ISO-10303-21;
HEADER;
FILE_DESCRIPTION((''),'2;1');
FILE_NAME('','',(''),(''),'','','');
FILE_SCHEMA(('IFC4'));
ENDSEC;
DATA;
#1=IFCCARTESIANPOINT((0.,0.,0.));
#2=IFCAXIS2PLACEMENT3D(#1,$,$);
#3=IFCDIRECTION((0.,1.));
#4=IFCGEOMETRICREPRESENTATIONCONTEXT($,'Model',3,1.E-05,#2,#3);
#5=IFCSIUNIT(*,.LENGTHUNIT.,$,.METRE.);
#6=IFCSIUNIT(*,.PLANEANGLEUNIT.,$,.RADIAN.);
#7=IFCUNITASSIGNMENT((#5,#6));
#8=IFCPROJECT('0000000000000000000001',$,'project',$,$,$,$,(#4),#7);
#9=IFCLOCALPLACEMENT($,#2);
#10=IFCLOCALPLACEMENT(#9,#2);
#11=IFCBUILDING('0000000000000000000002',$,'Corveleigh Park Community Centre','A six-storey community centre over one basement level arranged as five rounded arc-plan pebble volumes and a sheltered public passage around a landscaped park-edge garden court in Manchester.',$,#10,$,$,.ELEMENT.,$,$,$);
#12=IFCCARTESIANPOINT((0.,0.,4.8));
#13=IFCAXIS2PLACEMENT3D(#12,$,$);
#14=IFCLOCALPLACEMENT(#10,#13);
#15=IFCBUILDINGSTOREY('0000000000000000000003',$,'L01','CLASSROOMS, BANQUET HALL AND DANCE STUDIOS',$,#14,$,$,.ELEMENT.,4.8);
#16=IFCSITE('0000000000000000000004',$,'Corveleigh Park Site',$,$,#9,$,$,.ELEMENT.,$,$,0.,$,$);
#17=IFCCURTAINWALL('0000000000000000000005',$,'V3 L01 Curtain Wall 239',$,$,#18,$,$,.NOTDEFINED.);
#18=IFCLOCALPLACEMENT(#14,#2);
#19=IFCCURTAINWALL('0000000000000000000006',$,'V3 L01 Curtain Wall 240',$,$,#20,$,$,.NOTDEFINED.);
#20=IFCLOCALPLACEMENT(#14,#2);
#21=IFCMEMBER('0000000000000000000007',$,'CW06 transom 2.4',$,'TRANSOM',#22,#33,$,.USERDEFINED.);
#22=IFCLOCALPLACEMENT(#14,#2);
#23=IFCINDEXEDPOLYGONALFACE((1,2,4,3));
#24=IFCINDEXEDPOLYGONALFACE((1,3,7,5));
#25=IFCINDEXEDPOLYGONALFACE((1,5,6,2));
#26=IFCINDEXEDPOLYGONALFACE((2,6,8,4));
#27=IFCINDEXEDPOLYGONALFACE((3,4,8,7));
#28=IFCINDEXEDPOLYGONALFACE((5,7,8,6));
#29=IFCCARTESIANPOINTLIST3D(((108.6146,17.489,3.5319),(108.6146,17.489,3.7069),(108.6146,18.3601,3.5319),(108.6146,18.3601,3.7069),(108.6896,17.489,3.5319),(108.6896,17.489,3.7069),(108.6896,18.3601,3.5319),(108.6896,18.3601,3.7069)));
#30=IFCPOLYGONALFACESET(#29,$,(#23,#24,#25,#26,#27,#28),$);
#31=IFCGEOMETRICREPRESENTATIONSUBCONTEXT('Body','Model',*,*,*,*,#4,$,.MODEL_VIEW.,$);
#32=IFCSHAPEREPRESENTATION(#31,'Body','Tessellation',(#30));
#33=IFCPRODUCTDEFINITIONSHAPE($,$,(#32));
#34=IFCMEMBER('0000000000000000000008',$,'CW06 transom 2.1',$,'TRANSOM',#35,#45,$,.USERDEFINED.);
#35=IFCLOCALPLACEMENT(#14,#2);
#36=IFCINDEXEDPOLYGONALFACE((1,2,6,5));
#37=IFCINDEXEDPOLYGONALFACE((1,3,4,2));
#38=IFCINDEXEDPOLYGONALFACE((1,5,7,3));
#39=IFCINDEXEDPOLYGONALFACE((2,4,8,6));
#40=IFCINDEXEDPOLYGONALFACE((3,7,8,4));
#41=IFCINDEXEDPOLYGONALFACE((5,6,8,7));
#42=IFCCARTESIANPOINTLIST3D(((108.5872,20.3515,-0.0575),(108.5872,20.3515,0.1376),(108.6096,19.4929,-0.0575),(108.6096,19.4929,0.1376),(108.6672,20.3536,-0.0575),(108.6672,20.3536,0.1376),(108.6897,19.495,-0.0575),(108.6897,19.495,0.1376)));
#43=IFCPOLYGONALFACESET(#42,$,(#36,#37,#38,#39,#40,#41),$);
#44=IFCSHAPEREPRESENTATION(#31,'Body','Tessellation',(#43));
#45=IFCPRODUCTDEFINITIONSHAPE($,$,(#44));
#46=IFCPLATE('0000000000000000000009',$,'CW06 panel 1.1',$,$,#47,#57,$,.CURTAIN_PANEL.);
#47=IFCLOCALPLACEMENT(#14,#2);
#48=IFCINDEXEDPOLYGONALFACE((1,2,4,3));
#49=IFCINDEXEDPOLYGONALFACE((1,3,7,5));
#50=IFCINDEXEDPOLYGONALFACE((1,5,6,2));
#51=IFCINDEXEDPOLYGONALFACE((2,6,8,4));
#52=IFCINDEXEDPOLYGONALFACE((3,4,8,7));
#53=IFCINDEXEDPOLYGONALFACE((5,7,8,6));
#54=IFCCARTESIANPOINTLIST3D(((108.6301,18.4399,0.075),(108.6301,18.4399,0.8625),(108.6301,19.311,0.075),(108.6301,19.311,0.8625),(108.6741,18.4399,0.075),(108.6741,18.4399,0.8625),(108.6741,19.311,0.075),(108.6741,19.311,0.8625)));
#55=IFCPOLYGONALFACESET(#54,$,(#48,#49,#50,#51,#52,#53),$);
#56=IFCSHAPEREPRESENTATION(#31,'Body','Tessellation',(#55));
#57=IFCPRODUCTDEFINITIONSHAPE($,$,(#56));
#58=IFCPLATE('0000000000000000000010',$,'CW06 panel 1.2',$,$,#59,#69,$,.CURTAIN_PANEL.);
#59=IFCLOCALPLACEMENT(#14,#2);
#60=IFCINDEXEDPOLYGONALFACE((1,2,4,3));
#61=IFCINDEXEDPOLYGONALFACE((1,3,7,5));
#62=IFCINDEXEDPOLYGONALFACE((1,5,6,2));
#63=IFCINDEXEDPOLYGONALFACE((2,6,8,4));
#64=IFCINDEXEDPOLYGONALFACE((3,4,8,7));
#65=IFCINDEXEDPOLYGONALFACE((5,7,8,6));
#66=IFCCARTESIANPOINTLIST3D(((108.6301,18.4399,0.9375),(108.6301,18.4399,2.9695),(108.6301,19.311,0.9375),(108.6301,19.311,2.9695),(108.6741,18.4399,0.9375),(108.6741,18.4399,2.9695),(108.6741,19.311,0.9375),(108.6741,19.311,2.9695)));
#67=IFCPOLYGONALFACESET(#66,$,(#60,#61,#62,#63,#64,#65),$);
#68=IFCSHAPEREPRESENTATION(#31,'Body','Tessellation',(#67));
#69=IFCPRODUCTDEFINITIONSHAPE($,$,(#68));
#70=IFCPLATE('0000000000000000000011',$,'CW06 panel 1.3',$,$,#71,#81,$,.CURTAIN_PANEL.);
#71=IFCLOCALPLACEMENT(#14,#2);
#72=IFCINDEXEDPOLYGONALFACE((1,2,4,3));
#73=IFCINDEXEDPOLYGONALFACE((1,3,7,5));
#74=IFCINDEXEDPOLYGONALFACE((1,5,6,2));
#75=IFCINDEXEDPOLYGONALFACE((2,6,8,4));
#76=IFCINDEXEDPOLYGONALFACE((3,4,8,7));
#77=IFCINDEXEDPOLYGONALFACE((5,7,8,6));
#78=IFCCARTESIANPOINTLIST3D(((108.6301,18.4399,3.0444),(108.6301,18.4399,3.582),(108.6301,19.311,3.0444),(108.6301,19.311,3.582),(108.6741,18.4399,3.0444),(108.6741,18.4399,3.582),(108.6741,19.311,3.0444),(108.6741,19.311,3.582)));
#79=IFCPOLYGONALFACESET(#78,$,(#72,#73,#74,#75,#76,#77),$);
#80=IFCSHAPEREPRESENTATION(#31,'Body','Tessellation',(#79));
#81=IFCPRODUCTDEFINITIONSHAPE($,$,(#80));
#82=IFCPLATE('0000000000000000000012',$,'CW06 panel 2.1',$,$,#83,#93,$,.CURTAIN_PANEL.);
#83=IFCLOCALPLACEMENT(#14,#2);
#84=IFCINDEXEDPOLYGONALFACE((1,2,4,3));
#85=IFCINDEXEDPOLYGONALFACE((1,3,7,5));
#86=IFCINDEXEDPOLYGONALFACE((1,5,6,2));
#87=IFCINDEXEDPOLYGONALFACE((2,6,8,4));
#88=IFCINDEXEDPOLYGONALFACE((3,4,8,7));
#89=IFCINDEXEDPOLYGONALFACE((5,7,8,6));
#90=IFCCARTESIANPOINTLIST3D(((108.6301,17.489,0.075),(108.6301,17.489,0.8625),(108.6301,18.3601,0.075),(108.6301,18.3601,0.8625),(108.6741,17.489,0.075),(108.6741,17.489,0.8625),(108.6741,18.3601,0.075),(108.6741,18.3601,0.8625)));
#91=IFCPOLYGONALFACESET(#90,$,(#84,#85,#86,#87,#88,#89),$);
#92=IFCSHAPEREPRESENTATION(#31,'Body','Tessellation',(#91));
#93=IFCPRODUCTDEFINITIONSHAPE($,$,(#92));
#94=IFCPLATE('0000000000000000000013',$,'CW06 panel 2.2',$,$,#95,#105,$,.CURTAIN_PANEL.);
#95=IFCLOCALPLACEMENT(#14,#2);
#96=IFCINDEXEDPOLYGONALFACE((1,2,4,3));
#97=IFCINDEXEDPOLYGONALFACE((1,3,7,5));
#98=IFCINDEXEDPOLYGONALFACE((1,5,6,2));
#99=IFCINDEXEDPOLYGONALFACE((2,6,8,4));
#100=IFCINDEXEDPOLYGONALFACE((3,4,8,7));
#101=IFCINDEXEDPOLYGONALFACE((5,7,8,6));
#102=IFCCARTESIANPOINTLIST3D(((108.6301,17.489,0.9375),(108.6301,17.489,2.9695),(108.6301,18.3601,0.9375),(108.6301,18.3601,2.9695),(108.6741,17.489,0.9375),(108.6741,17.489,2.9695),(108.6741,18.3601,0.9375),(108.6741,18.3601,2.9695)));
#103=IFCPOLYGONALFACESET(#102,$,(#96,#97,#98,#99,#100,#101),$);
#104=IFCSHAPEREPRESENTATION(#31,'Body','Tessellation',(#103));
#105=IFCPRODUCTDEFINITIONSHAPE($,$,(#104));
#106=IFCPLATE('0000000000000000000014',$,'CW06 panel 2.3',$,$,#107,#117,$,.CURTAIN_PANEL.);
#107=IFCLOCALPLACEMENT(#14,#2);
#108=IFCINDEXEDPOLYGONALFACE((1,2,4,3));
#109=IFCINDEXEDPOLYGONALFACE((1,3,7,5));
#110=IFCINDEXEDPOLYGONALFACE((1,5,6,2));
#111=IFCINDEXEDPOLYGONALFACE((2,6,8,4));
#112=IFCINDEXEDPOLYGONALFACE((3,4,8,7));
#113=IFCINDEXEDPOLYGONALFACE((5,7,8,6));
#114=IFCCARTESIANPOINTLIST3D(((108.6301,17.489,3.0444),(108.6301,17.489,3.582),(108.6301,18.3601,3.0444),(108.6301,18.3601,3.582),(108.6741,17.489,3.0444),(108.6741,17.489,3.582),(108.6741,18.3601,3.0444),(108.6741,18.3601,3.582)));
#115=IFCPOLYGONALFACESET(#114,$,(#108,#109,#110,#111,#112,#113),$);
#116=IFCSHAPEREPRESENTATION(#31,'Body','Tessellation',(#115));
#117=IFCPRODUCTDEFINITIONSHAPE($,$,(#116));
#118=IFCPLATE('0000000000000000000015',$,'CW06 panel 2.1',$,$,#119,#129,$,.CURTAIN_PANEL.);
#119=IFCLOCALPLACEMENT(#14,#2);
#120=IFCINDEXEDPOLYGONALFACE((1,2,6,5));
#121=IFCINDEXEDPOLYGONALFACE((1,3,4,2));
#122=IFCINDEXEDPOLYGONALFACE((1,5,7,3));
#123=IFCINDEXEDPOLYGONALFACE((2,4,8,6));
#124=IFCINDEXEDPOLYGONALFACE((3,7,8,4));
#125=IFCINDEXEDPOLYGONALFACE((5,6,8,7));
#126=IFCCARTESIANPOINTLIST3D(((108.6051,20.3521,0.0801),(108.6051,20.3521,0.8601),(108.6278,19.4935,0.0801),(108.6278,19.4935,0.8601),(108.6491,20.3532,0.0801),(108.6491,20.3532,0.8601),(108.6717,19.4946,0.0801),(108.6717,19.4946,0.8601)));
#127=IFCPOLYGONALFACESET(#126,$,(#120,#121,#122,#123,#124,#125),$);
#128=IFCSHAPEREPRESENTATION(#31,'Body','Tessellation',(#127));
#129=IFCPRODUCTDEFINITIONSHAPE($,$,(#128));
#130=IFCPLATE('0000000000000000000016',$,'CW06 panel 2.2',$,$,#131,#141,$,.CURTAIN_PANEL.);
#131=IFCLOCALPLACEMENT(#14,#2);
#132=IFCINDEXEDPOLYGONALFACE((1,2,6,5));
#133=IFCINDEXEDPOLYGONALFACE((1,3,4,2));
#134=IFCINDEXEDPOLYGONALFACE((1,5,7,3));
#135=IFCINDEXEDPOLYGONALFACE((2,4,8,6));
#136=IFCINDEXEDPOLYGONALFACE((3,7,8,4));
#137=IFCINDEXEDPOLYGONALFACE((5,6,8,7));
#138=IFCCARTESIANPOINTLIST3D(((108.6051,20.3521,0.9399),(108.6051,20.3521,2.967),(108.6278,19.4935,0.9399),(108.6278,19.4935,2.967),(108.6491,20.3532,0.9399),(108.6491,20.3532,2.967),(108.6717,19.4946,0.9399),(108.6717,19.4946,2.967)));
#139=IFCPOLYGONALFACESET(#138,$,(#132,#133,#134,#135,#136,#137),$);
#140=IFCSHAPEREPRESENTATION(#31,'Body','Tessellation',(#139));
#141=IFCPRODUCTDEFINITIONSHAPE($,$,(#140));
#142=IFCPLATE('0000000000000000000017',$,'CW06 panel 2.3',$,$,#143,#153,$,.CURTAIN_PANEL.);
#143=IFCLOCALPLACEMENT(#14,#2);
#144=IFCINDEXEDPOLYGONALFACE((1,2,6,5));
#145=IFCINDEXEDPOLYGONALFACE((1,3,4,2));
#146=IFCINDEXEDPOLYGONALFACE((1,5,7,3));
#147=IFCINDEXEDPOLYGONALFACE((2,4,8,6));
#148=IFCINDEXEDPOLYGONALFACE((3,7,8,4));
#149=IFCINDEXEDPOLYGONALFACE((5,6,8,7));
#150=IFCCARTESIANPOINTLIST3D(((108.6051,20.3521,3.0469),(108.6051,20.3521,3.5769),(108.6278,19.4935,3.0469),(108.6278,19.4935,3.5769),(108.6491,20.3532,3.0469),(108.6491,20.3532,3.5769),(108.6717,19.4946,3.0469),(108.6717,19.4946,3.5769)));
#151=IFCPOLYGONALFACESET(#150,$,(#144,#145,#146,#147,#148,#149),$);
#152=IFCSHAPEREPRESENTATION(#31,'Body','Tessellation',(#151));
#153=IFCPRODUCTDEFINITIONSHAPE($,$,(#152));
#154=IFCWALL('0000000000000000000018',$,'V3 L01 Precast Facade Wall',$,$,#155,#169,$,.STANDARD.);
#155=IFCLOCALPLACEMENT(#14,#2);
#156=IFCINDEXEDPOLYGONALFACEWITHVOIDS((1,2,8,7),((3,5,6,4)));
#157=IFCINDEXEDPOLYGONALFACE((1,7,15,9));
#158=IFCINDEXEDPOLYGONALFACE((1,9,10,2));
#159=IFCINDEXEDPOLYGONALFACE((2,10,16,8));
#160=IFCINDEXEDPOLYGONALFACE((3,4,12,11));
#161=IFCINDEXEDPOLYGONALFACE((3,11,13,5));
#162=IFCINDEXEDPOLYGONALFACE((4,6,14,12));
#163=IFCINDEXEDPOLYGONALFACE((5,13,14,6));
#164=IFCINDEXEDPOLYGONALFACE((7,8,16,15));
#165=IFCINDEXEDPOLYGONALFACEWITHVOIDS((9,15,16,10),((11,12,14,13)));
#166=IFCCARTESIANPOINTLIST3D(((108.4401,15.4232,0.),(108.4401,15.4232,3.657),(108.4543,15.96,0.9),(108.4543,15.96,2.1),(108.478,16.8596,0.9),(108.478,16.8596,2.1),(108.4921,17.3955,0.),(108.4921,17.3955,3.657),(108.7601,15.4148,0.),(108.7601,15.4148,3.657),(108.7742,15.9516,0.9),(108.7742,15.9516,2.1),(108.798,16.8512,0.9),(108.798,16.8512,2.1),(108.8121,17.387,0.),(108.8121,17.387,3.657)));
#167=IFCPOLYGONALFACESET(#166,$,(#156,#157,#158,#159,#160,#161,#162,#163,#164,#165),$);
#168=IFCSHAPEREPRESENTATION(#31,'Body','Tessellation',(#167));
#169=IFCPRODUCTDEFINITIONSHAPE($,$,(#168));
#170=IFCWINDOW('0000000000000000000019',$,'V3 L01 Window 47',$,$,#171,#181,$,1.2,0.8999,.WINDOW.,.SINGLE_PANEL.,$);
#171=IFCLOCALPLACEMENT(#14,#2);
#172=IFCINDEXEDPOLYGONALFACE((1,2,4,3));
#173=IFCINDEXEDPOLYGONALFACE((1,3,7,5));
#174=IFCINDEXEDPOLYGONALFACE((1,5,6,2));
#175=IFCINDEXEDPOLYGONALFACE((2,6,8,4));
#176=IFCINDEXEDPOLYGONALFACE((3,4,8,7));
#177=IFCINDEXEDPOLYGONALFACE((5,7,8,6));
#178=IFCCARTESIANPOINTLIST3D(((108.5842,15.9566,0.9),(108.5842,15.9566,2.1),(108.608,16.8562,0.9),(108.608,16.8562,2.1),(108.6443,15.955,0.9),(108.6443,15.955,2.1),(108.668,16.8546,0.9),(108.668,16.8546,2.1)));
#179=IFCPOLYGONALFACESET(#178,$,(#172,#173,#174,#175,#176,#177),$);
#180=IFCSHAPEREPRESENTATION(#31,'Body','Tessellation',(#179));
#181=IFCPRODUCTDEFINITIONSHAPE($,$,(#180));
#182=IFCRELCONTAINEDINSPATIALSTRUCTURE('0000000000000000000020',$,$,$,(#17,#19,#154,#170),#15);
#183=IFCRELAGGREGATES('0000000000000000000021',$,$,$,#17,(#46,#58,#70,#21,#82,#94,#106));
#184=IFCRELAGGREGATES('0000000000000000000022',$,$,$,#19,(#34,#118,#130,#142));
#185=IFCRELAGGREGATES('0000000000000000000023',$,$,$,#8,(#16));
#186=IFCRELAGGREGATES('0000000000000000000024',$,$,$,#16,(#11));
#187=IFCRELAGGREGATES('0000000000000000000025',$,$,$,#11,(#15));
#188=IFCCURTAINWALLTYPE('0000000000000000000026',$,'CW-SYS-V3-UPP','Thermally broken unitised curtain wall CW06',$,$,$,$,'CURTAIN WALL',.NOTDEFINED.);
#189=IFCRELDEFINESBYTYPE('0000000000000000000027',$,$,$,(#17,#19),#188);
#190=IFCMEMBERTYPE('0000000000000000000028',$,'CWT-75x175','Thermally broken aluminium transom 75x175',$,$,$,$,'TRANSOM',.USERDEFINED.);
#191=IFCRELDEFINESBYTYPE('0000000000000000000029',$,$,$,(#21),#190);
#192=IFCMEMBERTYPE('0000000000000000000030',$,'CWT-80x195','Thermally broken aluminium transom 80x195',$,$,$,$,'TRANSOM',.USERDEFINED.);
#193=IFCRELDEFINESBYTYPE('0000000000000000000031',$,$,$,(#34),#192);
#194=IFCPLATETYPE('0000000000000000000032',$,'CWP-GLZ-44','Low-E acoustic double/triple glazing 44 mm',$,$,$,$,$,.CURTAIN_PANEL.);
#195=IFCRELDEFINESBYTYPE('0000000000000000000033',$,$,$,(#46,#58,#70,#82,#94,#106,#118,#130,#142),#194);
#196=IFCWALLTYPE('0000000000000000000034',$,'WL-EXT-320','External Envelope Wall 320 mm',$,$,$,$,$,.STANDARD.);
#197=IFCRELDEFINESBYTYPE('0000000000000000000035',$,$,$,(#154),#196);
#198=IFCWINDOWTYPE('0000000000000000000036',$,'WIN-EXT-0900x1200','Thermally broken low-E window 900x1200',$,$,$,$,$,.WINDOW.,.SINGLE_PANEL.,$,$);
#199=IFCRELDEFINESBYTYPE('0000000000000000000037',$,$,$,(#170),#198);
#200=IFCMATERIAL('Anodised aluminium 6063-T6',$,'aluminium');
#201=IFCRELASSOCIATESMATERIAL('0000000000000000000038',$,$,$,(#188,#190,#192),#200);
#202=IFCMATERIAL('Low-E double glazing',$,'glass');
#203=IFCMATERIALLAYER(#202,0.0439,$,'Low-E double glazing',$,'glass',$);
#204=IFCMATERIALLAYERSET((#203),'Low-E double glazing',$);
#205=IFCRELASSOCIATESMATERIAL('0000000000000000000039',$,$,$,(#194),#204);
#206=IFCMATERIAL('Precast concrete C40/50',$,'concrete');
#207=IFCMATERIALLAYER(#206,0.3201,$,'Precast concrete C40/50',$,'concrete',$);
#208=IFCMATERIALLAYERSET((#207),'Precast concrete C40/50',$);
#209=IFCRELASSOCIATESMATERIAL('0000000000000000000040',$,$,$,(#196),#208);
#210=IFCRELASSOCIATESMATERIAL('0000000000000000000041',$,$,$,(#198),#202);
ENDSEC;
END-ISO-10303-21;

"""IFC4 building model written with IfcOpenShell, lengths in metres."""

from ifc_helpers import new_model, si_unit, direction, frame, frame_2d, origin, origin_2d, place, context, subcontext, project, spatial, rectangle, extrude, material, layer, layer_set, material_profile, profile_set, type_object, element, fill, aggregate, save


model = new_model("IFC4")

# Units and contexts
model_context = context("Model", 3, precision=1e-05, world=origin(), true_north=direction((0.0, 1.0)))
body_context = subcontext(model_context, "Body", "Model", "MODEL_VIEW")
ifc_project = project(units=[si_unit("LENGTHUNIT", "METRE"), si_unit("PLANEANGLEUNIT", "RADIAN")], contexts=[model_context])

# Site, building, storey
site_placement = place(None, origin())
site = spatial("IfcSite", under=ifc_project, at=site_placement, Name="Corveleigh Park Site", CompositionType="ELEMENT", RefElevation=0.0)
building_placement = place(site_placement, origin())
building = spatial("IfcBuilding", under=site, at=building_placement, Name="Corveleigh Park Community Centre", Description="A six-storey community centre over one basement level arranged as five rounded arc-plan pebble volumes and a sheltered public passage around a landscaped park-edge garden court in Manchester.", CompositionType="ELEMENT")
storey_placement = place(building_placement, frame((0.0, 0.0, 4.8)))
storey = spatial("IfcBuildingStorey", under=building, at=storey_placement, Name="L01", Description="CLASSROOMS, BANQUET HALL AND DANCE STUDIOS", CompositionType="ELEMENT", Elevation=4.8)

# Shared definitions
ifc_material_1 = material(Name="Anodised aluminium 6063-T6", Category="aluminium")
curtain_wall_type = type_object("IfcCurtainWallType", Name="CW-SYS-V3-UPP", Description="Thermally broken unitised curtain wall CW06", ElementType="CURTAIN WALL", PredefinedType="NOTDEFINED", material=ifc_material_1)

# Curtain wall
curtain_wall_1_placement = place(storey_placement, origin())
curtain_wall_1 = element("IfcCurtainWall", 1, at=curtain_wall_1_placement, inside=storey, type_object=curtain_wall_type, Name="V3 L01 Curtain Wall 239", PredefinedType="NOTDEFINED")

# Curtain wall
curtain_wall_2_placement = place(storey_placement, origin())
curtain_wall_2 = element("IfcCurtainWall", 2, at=curtain_wall_2_placement, inside=storey, type_object=curtain_wall_type, Name="V3 L01 Curtain Wall 240", PredefinedType="NOTDEFINED")

# Members
ifc_material_profile_1 = material_profile(ifc_material_1, rectangle(XDim=0.075, YDim=0.175, at=origin_2d()), Name="ALU-T75x175", Category="aluminium")
ifc_profile_set_1 = profile_set([ifc_material_profile_1], Name="Anodised aluminium 6063-T6")
member_type_1 = type_object("IfcMemberType", Name="CWT-75x175", Description="Thermally broken aluminium transom 75x175", ElementType="TRANSOM", PredefinedType="USERDEFINED", material=ifc_profile_set_1)
member_1_placement = place(storey_placement, frame((108.6521, 18.3601, 3.6194), z_axis=(0.0, -1.0, 0.0), x_axis=(1.0, 0.0, 0.0)))
member_1 = element("IfcMember", 3, at=member_1_placement, type_object=member_type_1, Name="CW06 transom 2.4", ObjectType="TRANSOM", PredefinedType="USERDEFINED", context=body_context, shape_type="SweptSolid", body=[
    extrude(rectangle(XDim=0.075, YDim=0.175, at=origin_2d()), origin(), (0.0, 0.0, 1.0), 0.8711),
])
ifc_material_profile_2 = material_profile(ifc_material_1, rectangle(XDim=0.0801, YDim=0.1951, at=origin_2d()), Name="ALU-T80x195", Category="aluminium")
ifc_profile_set_2 = profile_set([ifc_material_profile_2], Name="Anodised aluminium 6063-T6")
member_type_2 = type_object("IfcMemberType", Name="CWT-80x195", Description="Thermally broken aluminium transom 80x195", ElementType="TRANSOM", PredefinedType="USERDEFINED", material=ifc_profile_set_2)
member_2_placement = place(storey_placement, frame((108.6272, 20.3525, 0.04), z_axis=(0.02615, -0.999658, 0.0), x_axis=(0.999658, 0.02615, 0.0)))
member_2 = element("IfcMember", 4, at=member_2_placement, type_object=member_type_2, Name="CW06 transom 2.1", ObjectType="TRANSOM", PredefinedType="USERDEFINED", context=body_context, shape_type="SweptSolid", body=[
    extrude(rectangle(XDim=0.0801, YDim=0.1951, at=origin_2d()), origin(), (0.0, 0.0, 1.0), 0.8589),
])

# Plates
ifc_material_2 = material(Name="Low-E double glazing", Category="glass")
ifc_layer_1 = layer(ifc_material_2, 0.0439, Name="Low-E double glazing", Category="glass")
ifc_layer_set_1 = layer_set([ifc_layer_1], Name="Low-E double glazing")
plate_type = type_object("IfcPlateType", Name="CWP-GLZ-44", Description="Low-E acoustic double/triple glazing 44 mm", PredefinedType="CURTAIN_PANEL", material=ifc_layer_set_1)
plate_1_placement = place(storey_placement, frame((108.6521, 18.8755, 0.075), z_axis=(0.0, 0.0, 1.0), x_axis=(0.0, -1.0, 0.0)))
plate_1 = element("IfcPlate", 5, at=plate_1_placement, type_object=plate_type, Name="CW06 panel 1.1", PredefinedType="CURTAIN_PANEL", context=body_context, shape_type="SweptSolid", body=[
    extrude(rectangle(XDim=0.8711, YDim=0.0439, at=origin_2d()), origin(), (0.0, 0.0, 1.0), 0.7876),
])
plate_2_placement = place(storey_placement, frame((108.6521, 18.8755, 0.9375), z_axis=(0.0, 0.0, 1.0), x_axis=(0.0, -1.0, 0.0)))
plate_2 = element("IfcPlate", 6, at=plate_2_placement, type_object=plate_type, Name="CW06 panel 1.2", PredefinedType="CURTAIN_PANEL", context=body_context, shape_type="SweptSolid", body=[
    extrude(rectangle(XDim=0.8711, YDim=0.0439, at=origin_2d()), origin(), (0.0, 0.0, 1.0), 2.032),
])
plate_3_placement = place(storey_placement, frame((108.6521, 18.8755, 3.0444), z_axis=(0.0, 0.0, 1.0), x_axis=(0.0, -1.0, 0.0)))
plate_3 = element("IfcPlate", 7, at=plate_3_placement, type_object=plate_type, Name="CW06 panel 1.3", PredefinedType="CURTAIN_PANEL", context=body_context, shape_type="SweptSolid", body=[
    extrude(rectangle(XDim=0.8711, YDim=0.0439, at=origin_2d()), origin(), (0.0, 0.0, 1.0), 0.5376),
])
plate_4_placement = place(storey_placement, frame((108.6521, 17.9246, 0.075), z_axis=(0.0, 0.0, 1.0), x_axis=(0.0, -1.0, 0.0)))
plate_4 = element("IfcPlate", 8, at=plate_4_placement, type_object=plate_type, Name="CW06 panel 2.1", PredefinedType="CURTAIN_PANEL", context=body_context, shape_type="SweptSolid", body=[
    extrude(rectangle(XDim=0.8711, YDim=0.0439, at=origin_2d()), origin(), (0.0, 0.0, 1.0), 0.7876),
])
plate_5_placement = place(storey_placement, frame((108.6521, 17.9246, 0.9375), z_axis=(0.0, 0.0, 1.0), x_axis=(0.0, -1.0, 0.0)))
plate_5 = element("IfcPlate", 9, at=plate_5_placement, type_object=plate_type, Name="CW06 panel 2.2", PredefinedType="CURTAIN_PANEL", context=body_context, shape_type="SweptSolid", body=[
    extrude(rectangle(XDim=0.8711, YDim=0.0439, at=origin_2d()), origin(), (0.0, 0.0, 1.0), 2.032),
])
plate_6_placement = place(storey_placement, frame((108.6521, 17.9246, 3.0444), z_axis=(0.0, 0.0, 1.0), x_axis=(0.0, -1.0, 0.0)))
plate_6 = element("IfcPlate", 10, at=plate_6_placement, type_object=plate_type, Name="CW06 panel 2.3", PredefinedType="CURTAIN_PANEL", context=body_context, shape_type="SweptSolid", body=[
    extrude(rectangle(XDim=0.8711, YDim=0.0439, at=origin_2d()), origin(), (0.0, 0.0, 1.0), 0.5376),
])
aggregate(curtain_wall_1, [plate_1, plate_2, plate_3, member_1, plate_4, plate_5, plate_6])
plate_7_placement = place(storey_placement, frame((108.6384, 19.9233, 0.0801), z_axis=(0.0, 0.0, 1.0), x_axis=(0.02636, -0.999653, 0.0)))
plate_7 = element("IfcPlate", 11, at=plate_7_placement, type_object=plate_type, Name="CW06 panel 2.1", PredefinedType="CURTAIN_PANEL", context=body_context, shape_type="SweptSolid", body=[
    extrude(rectangle(XDim=0.8589, YDim=0.0439, at=origin_2d()), origin(), (0.0, 0.0, 1.0), 0.78),
])
plate_8_placement = place(storey_placement, frame((108.6384, 19.9233, 0.9399), z_axis=(0.0, 0.0, 1.0), x_axis=(0.02636, -0.999653, 0.0)))
plate_8 = element("IfcPlate", 12, at=plate_8_placement, type_object=plate_type, Name="CW06 panel 2.2", PredefinedType="CURTAIN_PANEL", context=body_context, shape_type="SweptSolid", body=[
    extrude(rectangle(XDim=0.8589, YDim=0.0439, at=origin_2d()), origin(), (0.0, 0.0, 1.0), 2.0271),
])
plate_9_placement = place(storey_placement, frame((108.6384, 19.9233, 3.0469), z_axis=(0.0, 0.0, 1.0), x_axis=(0.02636, -0.999653, 0.0)))
plate_9 = element("IfcPlate", 13, at=plate_9_placement, type_object=plate_type, Name="CW06 panel 2.3", PredefinedType="CURTAIN_PANEL", context=body_context, shape_type="SweptSolid", body=[
    extrude(rectangle(XDim=0.8589, YDim=0.0439, at=origin_2d()), origin(), (0.0, 0.0, 1.0), 0.53),
])
aggregate(curtain_wall_2, [member_2, plate_7, plate_8, plate_9])

# Wall, opening, window
ifc_material_3 = material(Name="Precast concrete C40/50", Category="concrete")
ifc_layer_2 = layer(ifc_material_3, 0.3201, Name="Precast concrete C40/50", Category="concrete")
ifc_layer_set_2 = layer_set([ifc_layer_2], Name="Precast concrete C40/50")
wall_type = type_object("IfcWallType", Name="WL-EXT-320", Description="External Envelope Wall 320 mm", PredefinedType="STANDARD", material=ifc_layer_set_2)
wall_placement = place(storey_placement, frame((108.6521, 17.3911, 0.0), z_axis=(0.0, 0.0, 1.0), x_axis=(-0.026359, -0.999653, 0.0)))
wall = element("IfcWall", 14, at=wall_placement, inside=storey, type_object=wall_type, Name="V3 L01 Precast Facade Wall", PredefinedType="STANDARD", context=body_context, shape_type="SweptSolid", body=[
    extrude(rectangle(XDim=1.9729, YDim=0.3201, at=frame_2d((0.9863, 0.0))), origin(), (0.0, 0.0, 1.0), 3.657),
])
opening_placement = place(wall_placement, frame((0.5359, 0.0, 0.8999)))
opening = element("IfcOpeningElement", 15, at=opening_placement, cuts=wall, PredefinedType="OPENING", context=body_context, shape_type="SweptSolid", body=[
    extrude(rectangle(XDim=0.8999, YDim=1.2, at=frame_2d((0.45, 0.6001))), frame((0.0, 0.1699, 0.0), z_axis=(0.0, -1.0, 0.0), x_axis=(1.0, 0.0, 0.0)), (0.0, 0.0, 1.0), 0.3401),
])
window_type = type_object("IfcWindowType", Name="WIN-EXT-0900x1200", Description="Thermally broken low-E window 900x1200", PartitioningType="SINGLE_PANEL", PredefinedType="WINDOW", material=ifc_material_2)
window_placement = place(opening_placement, origin())
window = element("IfcWindow", 16, at=window_placement, inside=storey, type_object=window_type, Name="V3 L01 Window 47", OverallHeight=1.2, OverallWidth=0.8999, PartitioningType="SINGLE_PANEL", PredefinedType="WINDOW", context=body_context, shape_type="SweptSolid", body=[
    extrude(rectangle(XDim=0.8999, YDim=1.2, at=frame_2d((0.45, 0.6001))), frame((0.0, 0.03, 0.0), z_axis=(0.0, -1.0, 0.0), x_axis=(1.0, 0.0, 0.0)), (0.0, 0.0, 1.0), 0.0601),
])
fill(opening, window)

save(model, "model.ifc")
